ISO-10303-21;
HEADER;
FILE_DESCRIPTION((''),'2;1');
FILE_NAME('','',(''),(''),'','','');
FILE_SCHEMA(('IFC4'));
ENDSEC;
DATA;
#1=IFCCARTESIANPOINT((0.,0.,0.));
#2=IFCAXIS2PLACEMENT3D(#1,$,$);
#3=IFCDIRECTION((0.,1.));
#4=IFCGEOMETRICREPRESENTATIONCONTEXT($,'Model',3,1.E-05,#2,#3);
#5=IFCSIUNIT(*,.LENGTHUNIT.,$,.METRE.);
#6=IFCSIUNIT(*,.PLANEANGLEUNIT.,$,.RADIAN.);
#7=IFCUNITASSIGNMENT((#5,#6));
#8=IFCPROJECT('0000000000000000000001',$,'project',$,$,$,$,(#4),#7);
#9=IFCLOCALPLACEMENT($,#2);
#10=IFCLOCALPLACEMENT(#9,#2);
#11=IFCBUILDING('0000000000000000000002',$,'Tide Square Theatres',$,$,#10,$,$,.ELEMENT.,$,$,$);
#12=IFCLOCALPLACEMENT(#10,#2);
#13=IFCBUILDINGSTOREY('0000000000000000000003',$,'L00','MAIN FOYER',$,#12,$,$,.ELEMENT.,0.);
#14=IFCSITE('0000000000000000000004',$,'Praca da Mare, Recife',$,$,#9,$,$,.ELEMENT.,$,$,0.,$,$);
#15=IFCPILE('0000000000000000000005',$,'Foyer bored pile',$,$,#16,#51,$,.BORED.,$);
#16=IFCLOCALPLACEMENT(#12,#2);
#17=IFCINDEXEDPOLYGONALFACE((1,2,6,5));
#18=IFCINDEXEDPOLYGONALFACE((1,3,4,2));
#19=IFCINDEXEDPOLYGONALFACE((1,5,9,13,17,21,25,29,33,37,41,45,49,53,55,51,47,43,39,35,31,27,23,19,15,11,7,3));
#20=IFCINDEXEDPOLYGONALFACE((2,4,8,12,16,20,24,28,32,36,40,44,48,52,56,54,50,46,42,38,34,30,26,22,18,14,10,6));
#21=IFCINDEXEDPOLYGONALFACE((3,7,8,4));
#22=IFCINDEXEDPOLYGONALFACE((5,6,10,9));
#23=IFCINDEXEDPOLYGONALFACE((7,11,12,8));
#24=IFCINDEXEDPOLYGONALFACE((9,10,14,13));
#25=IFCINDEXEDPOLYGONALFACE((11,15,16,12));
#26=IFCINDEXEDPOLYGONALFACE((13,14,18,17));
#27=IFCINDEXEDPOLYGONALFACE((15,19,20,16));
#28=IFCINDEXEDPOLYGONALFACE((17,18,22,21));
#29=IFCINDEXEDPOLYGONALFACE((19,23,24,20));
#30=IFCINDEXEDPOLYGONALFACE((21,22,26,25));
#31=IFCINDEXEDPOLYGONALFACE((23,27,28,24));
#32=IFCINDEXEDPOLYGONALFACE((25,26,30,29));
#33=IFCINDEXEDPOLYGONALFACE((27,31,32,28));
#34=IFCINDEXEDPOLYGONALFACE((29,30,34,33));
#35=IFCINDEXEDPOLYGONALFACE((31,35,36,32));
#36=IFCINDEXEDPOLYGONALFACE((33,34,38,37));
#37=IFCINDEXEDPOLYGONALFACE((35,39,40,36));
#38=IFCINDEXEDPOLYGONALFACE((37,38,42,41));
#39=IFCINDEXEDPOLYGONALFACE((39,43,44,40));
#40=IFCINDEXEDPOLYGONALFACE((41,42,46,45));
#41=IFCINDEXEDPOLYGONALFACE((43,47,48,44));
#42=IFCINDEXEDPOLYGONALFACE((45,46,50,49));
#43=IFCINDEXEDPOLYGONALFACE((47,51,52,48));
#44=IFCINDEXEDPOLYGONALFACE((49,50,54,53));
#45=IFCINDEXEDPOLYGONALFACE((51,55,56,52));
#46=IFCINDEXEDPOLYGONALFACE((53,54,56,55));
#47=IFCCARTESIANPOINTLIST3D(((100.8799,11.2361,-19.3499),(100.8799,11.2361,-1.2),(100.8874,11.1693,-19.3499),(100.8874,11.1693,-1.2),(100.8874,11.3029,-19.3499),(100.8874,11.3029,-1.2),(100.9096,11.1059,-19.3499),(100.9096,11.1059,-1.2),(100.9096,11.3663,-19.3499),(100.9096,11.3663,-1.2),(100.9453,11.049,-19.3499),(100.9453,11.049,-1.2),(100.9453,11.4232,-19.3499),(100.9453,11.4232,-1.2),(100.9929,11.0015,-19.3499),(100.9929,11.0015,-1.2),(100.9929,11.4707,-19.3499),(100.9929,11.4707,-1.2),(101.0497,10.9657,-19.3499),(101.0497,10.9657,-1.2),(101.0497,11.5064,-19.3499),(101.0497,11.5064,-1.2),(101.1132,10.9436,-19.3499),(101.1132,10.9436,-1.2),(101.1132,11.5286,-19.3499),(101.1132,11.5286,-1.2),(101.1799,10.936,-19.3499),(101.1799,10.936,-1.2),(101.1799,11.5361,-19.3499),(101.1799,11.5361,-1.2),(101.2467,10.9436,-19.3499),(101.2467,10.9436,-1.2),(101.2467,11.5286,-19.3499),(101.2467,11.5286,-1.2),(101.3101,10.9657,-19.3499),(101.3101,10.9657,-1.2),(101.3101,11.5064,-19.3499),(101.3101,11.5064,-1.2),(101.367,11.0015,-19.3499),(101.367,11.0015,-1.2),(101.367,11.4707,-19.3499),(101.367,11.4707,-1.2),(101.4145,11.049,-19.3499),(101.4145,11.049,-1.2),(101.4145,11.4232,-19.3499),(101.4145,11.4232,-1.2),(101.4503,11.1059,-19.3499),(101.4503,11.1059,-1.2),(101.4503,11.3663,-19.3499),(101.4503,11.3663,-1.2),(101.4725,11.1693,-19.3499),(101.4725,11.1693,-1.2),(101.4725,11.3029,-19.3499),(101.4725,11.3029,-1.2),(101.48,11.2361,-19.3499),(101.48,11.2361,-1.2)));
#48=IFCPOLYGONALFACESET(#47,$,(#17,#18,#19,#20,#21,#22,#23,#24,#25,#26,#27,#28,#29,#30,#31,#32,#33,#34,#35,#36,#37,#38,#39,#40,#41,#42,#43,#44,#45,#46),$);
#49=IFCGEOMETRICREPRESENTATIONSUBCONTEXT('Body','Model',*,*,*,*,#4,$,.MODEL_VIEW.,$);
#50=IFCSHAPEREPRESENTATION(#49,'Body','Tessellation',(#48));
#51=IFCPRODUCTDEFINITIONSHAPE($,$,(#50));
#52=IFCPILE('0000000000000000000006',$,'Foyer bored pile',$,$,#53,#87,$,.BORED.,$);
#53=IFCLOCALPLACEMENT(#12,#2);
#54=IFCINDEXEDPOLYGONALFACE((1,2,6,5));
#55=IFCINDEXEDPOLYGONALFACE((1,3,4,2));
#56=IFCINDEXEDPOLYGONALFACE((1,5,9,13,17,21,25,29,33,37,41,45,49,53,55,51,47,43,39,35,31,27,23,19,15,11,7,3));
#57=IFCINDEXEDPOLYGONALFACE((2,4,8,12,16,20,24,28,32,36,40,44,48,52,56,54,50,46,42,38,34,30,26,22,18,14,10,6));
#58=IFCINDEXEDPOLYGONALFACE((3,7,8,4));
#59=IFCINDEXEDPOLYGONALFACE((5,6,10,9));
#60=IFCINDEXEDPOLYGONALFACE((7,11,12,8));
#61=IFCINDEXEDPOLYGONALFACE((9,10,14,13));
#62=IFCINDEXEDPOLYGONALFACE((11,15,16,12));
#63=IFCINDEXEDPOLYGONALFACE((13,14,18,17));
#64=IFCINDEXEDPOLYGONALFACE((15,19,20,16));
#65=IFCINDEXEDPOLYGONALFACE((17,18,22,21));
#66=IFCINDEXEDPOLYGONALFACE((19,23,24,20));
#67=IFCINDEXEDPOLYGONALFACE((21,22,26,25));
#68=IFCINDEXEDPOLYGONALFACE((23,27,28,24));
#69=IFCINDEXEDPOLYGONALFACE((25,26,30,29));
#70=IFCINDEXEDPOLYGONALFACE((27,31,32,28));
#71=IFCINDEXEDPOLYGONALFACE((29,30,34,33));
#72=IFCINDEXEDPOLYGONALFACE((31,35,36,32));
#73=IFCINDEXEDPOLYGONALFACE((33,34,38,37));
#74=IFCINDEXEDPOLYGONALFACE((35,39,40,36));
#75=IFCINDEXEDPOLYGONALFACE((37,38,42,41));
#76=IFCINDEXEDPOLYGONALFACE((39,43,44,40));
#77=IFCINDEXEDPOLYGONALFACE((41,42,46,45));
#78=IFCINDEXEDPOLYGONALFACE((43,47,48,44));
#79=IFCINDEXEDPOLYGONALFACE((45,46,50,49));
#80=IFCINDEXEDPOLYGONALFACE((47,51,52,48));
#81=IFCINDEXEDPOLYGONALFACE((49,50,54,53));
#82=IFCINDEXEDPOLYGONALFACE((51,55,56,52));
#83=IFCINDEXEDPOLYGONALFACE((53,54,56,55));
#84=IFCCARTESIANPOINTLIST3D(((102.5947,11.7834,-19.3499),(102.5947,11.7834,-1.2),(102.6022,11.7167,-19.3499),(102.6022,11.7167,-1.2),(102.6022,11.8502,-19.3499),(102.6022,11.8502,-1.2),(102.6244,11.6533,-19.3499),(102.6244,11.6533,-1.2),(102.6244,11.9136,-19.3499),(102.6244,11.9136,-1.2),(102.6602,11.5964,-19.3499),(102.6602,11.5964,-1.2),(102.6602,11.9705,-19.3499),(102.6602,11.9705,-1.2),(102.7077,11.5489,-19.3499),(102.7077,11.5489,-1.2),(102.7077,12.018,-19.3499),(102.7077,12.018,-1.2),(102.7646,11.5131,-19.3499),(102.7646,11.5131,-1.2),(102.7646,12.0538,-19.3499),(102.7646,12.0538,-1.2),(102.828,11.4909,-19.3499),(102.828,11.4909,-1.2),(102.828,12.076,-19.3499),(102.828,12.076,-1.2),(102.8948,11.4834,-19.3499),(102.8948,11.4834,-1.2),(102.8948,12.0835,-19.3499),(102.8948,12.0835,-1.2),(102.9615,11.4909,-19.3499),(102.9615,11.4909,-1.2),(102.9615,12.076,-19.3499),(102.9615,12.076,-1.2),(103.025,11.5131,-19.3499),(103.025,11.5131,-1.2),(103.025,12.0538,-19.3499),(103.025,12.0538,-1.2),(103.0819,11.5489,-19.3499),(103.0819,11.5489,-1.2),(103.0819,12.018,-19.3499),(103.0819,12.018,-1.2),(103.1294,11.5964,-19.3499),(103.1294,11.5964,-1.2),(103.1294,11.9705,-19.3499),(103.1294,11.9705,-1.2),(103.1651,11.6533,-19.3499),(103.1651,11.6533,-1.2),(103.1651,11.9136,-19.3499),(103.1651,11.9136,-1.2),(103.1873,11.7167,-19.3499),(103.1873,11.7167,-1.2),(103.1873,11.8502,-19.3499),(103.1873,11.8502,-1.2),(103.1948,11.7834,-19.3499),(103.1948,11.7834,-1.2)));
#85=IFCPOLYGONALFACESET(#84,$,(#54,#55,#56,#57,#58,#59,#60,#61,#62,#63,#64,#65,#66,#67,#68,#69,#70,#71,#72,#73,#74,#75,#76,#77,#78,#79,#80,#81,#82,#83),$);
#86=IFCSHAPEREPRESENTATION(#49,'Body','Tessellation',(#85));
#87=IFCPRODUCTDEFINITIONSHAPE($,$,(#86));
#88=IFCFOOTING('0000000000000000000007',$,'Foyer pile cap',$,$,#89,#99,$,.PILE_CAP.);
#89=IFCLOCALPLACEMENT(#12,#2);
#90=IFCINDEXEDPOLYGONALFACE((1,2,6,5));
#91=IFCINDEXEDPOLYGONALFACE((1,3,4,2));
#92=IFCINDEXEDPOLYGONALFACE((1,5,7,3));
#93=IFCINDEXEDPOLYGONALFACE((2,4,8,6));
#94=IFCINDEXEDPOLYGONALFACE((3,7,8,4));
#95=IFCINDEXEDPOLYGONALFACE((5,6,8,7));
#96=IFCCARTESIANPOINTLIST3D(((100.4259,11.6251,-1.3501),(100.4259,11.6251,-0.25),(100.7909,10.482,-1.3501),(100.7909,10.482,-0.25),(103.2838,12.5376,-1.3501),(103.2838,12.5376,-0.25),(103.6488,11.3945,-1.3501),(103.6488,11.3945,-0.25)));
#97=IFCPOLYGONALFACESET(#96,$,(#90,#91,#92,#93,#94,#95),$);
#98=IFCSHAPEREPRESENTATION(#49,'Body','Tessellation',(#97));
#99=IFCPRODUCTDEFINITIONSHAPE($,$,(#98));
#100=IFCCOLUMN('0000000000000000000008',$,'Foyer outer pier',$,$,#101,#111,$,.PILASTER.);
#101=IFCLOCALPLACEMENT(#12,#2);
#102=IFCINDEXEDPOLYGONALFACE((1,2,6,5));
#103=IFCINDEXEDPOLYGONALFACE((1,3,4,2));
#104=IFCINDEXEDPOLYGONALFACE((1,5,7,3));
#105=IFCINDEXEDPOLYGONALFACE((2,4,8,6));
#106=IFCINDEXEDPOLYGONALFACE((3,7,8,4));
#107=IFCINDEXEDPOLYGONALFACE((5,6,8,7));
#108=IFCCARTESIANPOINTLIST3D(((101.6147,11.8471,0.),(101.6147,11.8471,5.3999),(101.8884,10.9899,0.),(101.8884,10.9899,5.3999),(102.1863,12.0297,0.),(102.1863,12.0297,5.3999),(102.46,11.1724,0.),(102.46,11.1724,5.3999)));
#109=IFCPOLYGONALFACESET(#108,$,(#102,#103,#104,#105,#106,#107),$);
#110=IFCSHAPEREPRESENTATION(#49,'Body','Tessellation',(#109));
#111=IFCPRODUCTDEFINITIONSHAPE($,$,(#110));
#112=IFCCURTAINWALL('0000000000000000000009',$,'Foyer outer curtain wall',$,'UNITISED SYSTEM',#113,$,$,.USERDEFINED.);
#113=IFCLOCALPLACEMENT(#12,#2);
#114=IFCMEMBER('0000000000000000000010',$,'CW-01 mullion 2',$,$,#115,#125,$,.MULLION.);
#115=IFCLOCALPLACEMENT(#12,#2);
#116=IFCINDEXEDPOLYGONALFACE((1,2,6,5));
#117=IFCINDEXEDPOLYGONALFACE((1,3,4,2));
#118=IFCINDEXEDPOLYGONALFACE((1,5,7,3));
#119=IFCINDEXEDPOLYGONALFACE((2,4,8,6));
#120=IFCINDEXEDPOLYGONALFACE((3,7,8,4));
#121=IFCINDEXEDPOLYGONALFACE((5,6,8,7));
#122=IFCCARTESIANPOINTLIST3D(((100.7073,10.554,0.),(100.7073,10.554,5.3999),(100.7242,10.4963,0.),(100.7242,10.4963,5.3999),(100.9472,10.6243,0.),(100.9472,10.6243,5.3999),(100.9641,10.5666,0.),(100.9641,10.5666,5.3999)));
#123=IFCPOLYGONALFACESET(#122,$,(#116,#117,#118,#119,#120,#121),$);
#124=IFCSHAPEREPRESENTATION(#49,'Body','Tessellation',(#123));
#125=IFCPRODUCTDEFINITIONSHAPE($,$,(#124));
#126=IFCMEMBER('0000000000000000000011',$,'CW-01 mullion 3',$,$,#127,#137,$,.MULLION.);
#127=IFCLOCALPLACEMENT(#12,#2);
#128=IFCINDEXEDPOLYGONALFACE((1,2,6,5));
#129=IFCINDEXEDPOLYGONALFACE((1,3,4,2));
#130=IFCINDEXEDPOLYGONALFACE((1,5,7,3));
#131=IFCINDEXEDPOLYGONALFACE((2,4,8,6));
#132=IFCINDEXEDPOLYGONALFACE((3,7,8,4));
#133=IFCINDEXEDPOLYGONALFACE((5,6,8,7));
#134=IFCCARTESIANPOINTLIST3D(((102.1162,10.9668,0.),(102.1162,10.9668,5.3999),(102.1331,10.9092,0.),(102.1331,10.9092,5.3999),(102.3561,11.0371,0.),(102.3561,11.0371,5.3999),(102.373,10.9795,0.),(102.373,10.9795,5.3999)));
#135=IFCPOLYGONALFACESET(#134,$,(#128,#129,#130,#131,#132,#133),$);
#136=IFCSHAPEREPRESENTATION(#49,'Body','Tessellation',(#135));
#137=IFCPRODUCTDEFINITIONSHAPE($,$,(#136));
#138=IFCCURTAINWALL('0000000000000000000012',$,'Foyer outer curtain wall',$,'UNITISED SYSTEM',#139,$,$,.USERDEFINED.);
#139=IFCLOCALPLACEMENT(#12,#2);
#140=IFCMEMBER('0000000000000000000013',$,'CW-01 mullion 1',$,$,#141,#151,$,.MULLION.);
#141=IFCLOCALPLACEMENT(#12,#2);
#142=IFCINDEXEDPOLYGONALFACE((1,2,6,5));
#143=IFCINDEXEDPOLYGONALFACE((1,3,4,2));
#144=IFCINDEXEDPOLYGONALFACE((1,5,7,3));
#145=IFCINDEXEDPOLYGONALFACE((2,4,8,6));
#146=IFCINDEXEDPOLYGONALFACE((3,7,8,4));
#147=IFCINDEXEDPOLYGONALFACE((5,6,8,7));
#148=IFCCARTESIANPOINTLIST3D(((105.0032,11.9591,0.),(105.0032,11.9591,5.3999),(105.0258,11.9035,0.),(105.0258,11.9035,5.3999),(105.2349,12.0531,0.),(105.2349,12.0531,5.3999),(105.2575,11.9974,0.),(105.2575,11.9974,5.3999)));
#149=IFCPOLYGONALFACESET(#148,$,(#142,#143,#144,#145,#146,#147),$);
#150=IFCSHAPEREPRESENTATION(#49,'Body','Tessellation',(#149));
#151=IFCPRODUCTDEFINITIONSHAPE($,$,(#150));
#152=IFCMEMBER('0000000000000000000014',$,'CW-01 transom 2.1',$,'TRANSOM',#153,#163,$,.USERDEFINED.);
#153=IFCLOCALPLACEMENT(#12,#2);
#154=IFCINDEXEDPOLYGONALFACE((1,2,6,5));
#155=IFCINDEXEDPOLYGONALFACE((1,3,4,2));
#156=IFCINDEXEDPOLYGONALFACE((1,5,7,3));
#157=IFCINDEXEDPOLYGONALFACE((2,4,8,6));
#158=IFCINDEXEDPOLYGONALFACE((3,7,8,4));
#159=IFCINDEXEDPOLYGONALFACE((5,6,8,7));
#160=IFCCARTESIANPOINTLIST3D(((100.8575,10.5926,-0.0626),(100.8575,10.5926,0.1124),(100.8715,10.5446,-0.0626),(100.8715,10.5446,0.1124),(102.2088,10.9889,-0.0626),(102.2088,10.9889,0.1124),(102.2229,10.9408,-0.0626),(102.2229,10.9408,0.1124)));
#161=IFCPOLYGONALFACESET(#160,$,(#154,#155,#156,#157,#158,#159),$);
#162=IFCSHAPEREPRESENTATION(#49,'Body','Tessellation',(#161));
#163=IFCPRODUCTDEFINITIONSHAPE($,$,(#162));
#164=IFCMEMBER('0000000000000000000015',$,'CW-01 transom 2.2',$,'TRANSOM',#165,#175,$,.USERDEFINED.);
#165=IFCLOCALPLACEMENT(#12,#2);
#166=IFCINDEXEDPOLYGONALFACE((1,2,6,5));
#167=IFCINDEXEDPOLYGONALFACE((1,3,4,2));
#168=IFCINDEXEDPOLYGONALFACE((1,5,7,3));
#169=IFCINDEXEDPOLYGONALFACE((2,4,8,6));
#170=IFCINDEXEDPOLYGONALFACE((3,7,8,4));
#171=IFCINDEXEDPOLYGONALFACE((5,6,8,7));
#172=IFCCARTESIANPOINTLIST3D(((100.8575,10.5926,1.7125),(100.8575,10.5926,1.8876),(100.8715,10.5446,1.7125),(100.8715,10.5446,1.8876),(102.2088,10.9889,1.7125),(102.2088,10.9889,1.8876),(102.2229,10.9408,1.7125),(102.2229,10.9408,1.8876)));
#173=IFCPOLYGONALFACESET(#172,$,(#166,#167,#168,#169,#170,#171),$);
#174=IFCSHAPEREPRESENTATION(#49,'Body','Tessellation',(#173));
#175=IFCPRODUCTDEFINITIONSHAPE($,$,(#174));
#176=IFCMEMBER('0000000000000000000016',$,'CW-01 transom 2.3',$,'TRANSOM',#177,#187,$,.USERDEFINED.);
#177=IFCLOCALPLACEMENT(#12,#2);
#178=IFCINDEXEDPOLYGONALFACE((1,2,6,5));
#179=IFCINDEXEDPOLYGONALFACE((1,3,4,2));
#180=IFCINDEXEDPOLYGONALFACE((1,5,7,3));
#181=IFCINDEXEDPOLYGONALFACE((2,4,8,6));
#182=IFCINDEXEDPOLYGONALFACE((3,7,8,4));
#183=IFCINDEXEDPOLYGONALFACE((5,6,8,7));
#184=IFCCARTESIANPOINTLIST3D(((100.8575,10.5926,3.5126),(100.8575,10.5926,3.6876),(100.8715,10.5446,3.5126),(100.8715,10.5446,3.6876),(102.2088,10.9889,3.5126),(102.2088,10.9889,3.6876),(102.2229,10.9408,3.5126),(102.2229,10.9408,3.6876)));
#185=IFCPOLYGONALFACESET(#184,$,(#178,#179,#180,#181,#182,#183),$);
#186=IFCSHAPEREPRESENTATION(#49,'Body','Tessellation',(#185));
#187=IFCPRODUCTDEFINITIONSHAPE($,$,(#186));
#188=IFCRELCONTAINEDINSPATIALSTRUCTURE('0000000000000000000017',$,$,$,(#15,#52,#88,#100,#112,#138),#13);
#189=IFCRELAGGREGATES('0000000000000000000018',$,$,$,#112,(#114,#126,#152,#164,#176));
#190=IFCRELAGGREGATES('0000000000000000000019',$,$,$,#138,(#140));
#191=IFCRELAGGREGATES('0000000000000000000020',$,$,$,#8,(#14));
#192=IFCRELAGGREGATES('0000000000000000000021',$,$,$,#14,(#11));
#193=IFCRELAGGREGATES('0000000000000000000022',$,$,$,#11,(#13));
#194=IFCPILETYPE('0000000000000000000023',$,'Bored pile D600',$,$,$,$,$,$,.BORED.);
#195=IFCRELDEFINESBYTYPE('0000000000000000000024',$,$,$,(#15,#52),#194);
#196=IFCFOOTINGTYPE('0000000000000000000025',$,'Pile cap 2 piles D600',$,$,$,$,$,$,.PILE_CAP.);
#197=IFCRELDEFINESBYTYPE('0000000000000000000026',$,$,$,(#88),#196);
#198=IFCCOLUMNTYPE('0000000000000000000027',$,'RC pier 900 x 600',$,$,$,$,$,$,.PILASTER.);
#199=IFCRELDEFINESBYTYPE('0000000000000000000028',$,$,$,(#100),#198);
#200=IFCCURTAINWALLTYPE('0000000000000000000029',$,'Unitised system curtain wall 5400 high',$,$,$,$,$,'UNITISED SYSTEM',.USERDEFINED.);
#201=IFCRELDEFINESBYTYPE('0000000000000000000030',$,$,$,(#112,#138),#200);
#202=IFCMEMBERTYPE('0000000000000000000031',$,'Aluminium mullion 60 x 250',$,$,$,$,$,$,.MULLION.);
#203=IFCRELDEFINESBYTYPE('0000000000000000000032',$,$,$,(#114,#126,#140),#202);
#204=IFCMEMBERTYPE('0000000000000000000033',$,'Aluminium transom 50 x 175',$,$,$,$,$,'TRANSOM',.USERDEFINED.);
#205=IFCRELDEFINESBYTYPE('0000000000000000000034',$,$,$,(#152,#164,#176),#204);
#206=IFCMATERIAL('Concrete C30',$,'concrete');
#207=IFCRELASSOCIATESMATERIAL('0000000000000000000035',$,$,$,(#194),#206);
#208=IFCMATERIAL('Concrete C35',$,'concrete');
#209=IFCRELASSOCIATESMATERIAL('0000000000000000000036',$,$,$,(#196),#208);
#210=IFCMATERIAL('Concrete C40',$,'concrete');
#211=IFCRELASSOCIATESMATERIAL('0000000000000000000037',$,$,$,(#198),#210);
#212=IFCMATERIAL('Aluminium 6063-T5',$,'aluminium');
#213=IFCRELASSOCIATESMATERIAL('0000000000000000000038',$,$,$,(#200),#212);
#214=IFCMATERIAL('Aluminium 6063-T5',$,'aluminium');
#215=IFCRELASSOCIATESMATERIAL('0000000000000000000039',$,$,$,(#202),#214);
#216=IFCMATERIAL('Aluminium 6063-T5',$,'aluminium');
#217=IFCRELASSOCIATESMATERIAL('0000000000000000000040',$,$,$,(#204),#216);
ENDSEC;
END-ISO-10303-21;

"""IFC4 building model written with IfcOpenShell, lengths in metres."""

from ifc_helpers import new_model, si_unit, direction, frame, origin, origin_2d, place, context, subcontext, project, spatial, rectangle, circle, extrude, material, material_profile, profile_set, type_object, element, aggregate, save


model = new_model("IFC4")

# Units and contexts
model_context = context("Model", 3, precision=1e-05, world=origin(), true_north=direction((0.0, 1.0)))
body_context = subcontext(model_context, "Body", "Model", "MODEL_VIEW")
ifc_project = project(units=[si_unit("LENGTHUNIT", "METRE"), si_unit("PLANEANGLEUNIT", "RADIAN")], contexts=[model_context])

# Site, building, storey
site_placement = place(None, origin())
site = spatial("IfcSite", under=ifc_project, at=site_placement, Name="Praca da Mare, Recife", CompositionType="ELEMENT", RefElevation=0.0)
building_placement = place(site_placement, origin())
building = spatial("IfcBuilding", under=site, at=building_placement, Name="Tide Square Theatres", CompositionType="ELEMENT")
storey_placement = place(building_placement, origin())
storey = spatial("IfcBuildingStorey", under=building, at=storey_placement, Name="L00", Description="MAIN FOYER", CompositionType="ELEMENT", Elevation=0.0)

# Piles
ifc_material_1 = material(Name="Concrete C30", Category="concrete")
ifc_material_profile_1 = material_profile(ifc_material_1, circle(Radius=0.3, at=origin_2d()))
ifc_profile_set_1 = profile_set([ifc_material_profile_1], Name="Concrete C30")
pile_type = type_object("IfcPileType", Name="Bored pile D600", PredefinedType="BORED", material=ifc_profile_set_1)
for number, where, z_axis, x_axis, name in (
    (1, (101.1799, 11.2361, -1.2), (0.0, 0.0, -1.0), (1.0, 0.0, 0.0), "Foyer bored pile"),
    (2, (102.8948, 11.7834, -1.2), (0.0, 0.0, -1.0), (1.0, 0.0, 0.0), "Foyer bored pile"),
):
    element("IfcPile", number, at=place(storey_placement, frame(where, z_axis=z_axis, x_axis=x_axis)), inside=storey, type_object=pile_type, Name=name, PredefinedType="BORED", context=body_context, shape_type="SweptSolid", body=[
        extrude(circle(Radius=0.3, at=origin_2d()), origin(), (0.0, 0.0, 1.0), 18.1499),
    ])

# Footing
ifc_material_2 = material(Name="Concrete C35", Category="concrete")
footing_type = type_object("IfcFootingType", Name="Pile cap 2 piles D600", PredefinedType="PILE_CAP", material=ifc_material_2)
footing_placement = place(storey_placement, frame((102.0374, 11.5098, -1.3501), z_axis=(0.0, 0.0, 1.0), x_axis=(0.952617, 0.304171, 0.0)))
element("IfcFooting", 3, at=footing_placement, inside=storey, type_object=footing_type, Name="Foyer pile cap", PredefinedType="PILE_CAP", context=body_context, shape_type="SweptSolid", body=[
    extrude(rectangle(XDim=3.0, YDim=1.2, at=origin_2d()), origin(), (0.0, 0.0, 1.0), 1.1001),
])

# Column
ifc_material_3 = material(Name="Concrete C40", Category="concrete")
ifc_material_profile_2 = material_profile(ifc_material_3, rectangle(XDim=0.8999, YDim=0.6001, at=origin_2d()))
ifc_profile_set_2 = profile_set([ifc_material_profile_2], Name="Concrete C40")
column_type = type_object("IfcColumnType", Name="RC pier 900 x 600", PredefinedType="PILASTER", material=ifc_profile_set_2)
column_placement = place(storey_placement, frame((102.0374, 11.5098, 0.0), z_axis=(0.0, 0.0, 1.0), x_axis=(0.304171, -0.952617, 0.0)))
element("IfcColumn", 4, at=column_placement, inside=storey, type_object=column_type, Name="Foyer outer pier", PredefinedType="PILASTER", context=body_context, shape_type="SweptSolid", body=[
    extrude(rectangle(XDim=0.8999, YDim=0.6001, at=origin_2d()), origin(), (0.0, 0.0, 1.0), 5.3999),
])

# Curtain wall, members
ifc_material_4 = material(Name="Aluminium 6063-T5", Category="aluminium")
curtain_wall_type = type_object("IfcCurtainWallType", Name="Unitised system curtain wall 5400 high", ElementType="UNITISED SYSTEM", PredefinedType="USERDEFINED", material=ifc_material_4)
curtain_wall_1_placement = place(storey_placement, origin())
curtain_wall_1 = element("IfcCurtainWall", 5, at=curtain_wall_1_placement, inside=storey, type_object=curtain_wall_type, Name="Foyer outer curtain wall", ObjectType="UNITISED SYSTEM", PredefinedType="USERDEFINED")
ifc_material_5 = material(Name="Aluminium 6063-T5", Category="aluminium")
ifc_material_profile_3 = material_profile(ifc_material_5, rectangle(XDim=0.0601, YDim=0.25, at=origin_2d()))
ifc_profile_set_3 = profile_set([ifc_material_profile_3], Name="Aluminium 6063-T5")
member_type_1 = type_object("IfcMemberType", Name="Aluminium mullion 60 x 250", PredefinedType="MULLION", material=ifc_profile_set_3)
member_1_placement = place(storey_placement, frame((100.8357, 10.5603, 0.0), z_axis=(0.0, 0.0, 1.0), x_axis=(-0.281279, 0.959626, 0.0)))
member_1 = element("IfcMember", 6, at=member_1_placement, type_object=member_type_1, Name="CW-01 mullion 2", PredefinedType="MULLION", context=body_context, shape_type="SweptSolid", body=[
    extrude(rectangle(XDim=0.0601, YDim=0.25, at=origin_2d()), origin(), (0.0, 0.0, 1.0), 5.3999),
])
member_2_placement = place(storey_placement, frame((102.2446, 10.9731, 0.0), z_axis=(0.0, 0.0, 1.0), x_axis=(-0.281279, 0.959626, 0.0)))
member_2 = element("IfcMember", 7, at=member_2_placement, type_object=member_type_1, Name="CW-01 mullion 3", PredefinedType="MULLION", context=body_context, shape_type="SweptSolid", body=[
    extrude(rectangle(XDim=0.0601, YDim=0.25, at=origin_2d()), origin(), (0.0, 0.0, 1.0), 5.3999),
])

# Curtain wall, member
curtain_wall_2_placement = place(storey_placement, origin())
curtain_wall_2 = element("IfcCurtainWall", 8, at=curtain_wall_2_placement, inside=storey, type_object=curtain_wall_type, Name="Foyer outer curtain wall", ObjectType="UNITISED SYSTEM", PredefinedType="USERDEFINED")
member_3_placement = place(storey_placement, frame((105.1304, 11.9783, 0.0), z_axis=(0.0, 0.0, 1.0), x_axis=(-0.375731, 0.926729, 0.0)))
member_3 = element("IfcMember", 9, at=member_3_placement, type_object=member_type_1, Name="CW-01 mullion 1", PredefinedType="MULLION", context=body_context, shape_type="SweptSolid", body=[
    extrude(rectangle(XDim=0.0601, YDim=0.25, at=origin_2d()), origin(), (0.0, 0.0, 1.0), 5.3999),
])

# Members
ifc_material_6 = material(Name="Aluminium 6063-T5", Category="aluminium")
ifc_material_profile_4 = material_profile(ifc_material_6, rectangle(XDim=0.05, YDim=0.175, at=origin_2d()))
ifc_profile_set_4 = profile_set([ifc_material_profile_4], Name="Aluminium 6063-T5")
member_type_2 = type_object("IfcMemberType", Name="Aluminium transom 50 x 175", ElementType="TRANSOM", PredefinedType="USERDEFINED", material=ifc_profile_set_4)
member_4_placement = place(storey_placement, frame((100.8645, 10.5686, 0.0249), z_axis=(0.959597, 0.281378, 0.0), x_axis=(-0.281378, 0.959597, 0.0)))
member_4 = element("IfcMember", 10, at=member_4_placement, type_object=member_type_2, Name="CW-01 transom 2.1", ObjectType="TRANSOM", PredefinedType="USERDEFINED", context=body_context, shape_type="SweptSolid", body=[
    extrude(rectangle(XDim=0.05, YDim=0.175, at=origin_2d()), origin(), (0.0, 0.0, 1.0), 1.4082),
])
member_5_placement = place(storey_placement, frame((100.8645, 10.5686, 1.8), z_axis=(0.959597, 0.281378, 0.0), x_axis=(-0.281378, 0.959597, 0.0)))
member_5 = element("IfcMember", 11, at=member_5_placement, type_object=member_type_2, Name="CW-01 transom 2.2", ObjectType="TRANSOM", PredefinedType="USERDEFINED", context=body_context, shape_type="SweptSolid", body=[
    extrude(rectangle(XDim=0.05, YDim=0.175, at=origin_2d()), origin(), (0.0, 0.0, 1.0), 1.4082),
])
member_6_placement = place(storey_placement, frame((100.8645, 10.5686, 3.6001), z_axis=(0.959597, 0.281378, 0.0), x_axis=(-0.281378, 0.959597, 0.0)))
member_6 = element("IfcMember", 12, at=member_6_placement, type_object=member_type_2, Name="CW-01 transom 2.3", ObjectType="TRANSOM", PredefinedType="USERDEFINED", context=body_context, shape_type="SweptSolid", body=[
    extrude(rectangle(XDim=0.05, YDim=0.175, at=origin_2d()), origin(), (0.0, 0.0, 1.0), 1.4082),
])

aggregate(curtain_wall_1, [member_1, member_2, member_4, member_5, member_6])
aggregate(curtain_wall_2, [member_3])

save(model, "model.ifc")
